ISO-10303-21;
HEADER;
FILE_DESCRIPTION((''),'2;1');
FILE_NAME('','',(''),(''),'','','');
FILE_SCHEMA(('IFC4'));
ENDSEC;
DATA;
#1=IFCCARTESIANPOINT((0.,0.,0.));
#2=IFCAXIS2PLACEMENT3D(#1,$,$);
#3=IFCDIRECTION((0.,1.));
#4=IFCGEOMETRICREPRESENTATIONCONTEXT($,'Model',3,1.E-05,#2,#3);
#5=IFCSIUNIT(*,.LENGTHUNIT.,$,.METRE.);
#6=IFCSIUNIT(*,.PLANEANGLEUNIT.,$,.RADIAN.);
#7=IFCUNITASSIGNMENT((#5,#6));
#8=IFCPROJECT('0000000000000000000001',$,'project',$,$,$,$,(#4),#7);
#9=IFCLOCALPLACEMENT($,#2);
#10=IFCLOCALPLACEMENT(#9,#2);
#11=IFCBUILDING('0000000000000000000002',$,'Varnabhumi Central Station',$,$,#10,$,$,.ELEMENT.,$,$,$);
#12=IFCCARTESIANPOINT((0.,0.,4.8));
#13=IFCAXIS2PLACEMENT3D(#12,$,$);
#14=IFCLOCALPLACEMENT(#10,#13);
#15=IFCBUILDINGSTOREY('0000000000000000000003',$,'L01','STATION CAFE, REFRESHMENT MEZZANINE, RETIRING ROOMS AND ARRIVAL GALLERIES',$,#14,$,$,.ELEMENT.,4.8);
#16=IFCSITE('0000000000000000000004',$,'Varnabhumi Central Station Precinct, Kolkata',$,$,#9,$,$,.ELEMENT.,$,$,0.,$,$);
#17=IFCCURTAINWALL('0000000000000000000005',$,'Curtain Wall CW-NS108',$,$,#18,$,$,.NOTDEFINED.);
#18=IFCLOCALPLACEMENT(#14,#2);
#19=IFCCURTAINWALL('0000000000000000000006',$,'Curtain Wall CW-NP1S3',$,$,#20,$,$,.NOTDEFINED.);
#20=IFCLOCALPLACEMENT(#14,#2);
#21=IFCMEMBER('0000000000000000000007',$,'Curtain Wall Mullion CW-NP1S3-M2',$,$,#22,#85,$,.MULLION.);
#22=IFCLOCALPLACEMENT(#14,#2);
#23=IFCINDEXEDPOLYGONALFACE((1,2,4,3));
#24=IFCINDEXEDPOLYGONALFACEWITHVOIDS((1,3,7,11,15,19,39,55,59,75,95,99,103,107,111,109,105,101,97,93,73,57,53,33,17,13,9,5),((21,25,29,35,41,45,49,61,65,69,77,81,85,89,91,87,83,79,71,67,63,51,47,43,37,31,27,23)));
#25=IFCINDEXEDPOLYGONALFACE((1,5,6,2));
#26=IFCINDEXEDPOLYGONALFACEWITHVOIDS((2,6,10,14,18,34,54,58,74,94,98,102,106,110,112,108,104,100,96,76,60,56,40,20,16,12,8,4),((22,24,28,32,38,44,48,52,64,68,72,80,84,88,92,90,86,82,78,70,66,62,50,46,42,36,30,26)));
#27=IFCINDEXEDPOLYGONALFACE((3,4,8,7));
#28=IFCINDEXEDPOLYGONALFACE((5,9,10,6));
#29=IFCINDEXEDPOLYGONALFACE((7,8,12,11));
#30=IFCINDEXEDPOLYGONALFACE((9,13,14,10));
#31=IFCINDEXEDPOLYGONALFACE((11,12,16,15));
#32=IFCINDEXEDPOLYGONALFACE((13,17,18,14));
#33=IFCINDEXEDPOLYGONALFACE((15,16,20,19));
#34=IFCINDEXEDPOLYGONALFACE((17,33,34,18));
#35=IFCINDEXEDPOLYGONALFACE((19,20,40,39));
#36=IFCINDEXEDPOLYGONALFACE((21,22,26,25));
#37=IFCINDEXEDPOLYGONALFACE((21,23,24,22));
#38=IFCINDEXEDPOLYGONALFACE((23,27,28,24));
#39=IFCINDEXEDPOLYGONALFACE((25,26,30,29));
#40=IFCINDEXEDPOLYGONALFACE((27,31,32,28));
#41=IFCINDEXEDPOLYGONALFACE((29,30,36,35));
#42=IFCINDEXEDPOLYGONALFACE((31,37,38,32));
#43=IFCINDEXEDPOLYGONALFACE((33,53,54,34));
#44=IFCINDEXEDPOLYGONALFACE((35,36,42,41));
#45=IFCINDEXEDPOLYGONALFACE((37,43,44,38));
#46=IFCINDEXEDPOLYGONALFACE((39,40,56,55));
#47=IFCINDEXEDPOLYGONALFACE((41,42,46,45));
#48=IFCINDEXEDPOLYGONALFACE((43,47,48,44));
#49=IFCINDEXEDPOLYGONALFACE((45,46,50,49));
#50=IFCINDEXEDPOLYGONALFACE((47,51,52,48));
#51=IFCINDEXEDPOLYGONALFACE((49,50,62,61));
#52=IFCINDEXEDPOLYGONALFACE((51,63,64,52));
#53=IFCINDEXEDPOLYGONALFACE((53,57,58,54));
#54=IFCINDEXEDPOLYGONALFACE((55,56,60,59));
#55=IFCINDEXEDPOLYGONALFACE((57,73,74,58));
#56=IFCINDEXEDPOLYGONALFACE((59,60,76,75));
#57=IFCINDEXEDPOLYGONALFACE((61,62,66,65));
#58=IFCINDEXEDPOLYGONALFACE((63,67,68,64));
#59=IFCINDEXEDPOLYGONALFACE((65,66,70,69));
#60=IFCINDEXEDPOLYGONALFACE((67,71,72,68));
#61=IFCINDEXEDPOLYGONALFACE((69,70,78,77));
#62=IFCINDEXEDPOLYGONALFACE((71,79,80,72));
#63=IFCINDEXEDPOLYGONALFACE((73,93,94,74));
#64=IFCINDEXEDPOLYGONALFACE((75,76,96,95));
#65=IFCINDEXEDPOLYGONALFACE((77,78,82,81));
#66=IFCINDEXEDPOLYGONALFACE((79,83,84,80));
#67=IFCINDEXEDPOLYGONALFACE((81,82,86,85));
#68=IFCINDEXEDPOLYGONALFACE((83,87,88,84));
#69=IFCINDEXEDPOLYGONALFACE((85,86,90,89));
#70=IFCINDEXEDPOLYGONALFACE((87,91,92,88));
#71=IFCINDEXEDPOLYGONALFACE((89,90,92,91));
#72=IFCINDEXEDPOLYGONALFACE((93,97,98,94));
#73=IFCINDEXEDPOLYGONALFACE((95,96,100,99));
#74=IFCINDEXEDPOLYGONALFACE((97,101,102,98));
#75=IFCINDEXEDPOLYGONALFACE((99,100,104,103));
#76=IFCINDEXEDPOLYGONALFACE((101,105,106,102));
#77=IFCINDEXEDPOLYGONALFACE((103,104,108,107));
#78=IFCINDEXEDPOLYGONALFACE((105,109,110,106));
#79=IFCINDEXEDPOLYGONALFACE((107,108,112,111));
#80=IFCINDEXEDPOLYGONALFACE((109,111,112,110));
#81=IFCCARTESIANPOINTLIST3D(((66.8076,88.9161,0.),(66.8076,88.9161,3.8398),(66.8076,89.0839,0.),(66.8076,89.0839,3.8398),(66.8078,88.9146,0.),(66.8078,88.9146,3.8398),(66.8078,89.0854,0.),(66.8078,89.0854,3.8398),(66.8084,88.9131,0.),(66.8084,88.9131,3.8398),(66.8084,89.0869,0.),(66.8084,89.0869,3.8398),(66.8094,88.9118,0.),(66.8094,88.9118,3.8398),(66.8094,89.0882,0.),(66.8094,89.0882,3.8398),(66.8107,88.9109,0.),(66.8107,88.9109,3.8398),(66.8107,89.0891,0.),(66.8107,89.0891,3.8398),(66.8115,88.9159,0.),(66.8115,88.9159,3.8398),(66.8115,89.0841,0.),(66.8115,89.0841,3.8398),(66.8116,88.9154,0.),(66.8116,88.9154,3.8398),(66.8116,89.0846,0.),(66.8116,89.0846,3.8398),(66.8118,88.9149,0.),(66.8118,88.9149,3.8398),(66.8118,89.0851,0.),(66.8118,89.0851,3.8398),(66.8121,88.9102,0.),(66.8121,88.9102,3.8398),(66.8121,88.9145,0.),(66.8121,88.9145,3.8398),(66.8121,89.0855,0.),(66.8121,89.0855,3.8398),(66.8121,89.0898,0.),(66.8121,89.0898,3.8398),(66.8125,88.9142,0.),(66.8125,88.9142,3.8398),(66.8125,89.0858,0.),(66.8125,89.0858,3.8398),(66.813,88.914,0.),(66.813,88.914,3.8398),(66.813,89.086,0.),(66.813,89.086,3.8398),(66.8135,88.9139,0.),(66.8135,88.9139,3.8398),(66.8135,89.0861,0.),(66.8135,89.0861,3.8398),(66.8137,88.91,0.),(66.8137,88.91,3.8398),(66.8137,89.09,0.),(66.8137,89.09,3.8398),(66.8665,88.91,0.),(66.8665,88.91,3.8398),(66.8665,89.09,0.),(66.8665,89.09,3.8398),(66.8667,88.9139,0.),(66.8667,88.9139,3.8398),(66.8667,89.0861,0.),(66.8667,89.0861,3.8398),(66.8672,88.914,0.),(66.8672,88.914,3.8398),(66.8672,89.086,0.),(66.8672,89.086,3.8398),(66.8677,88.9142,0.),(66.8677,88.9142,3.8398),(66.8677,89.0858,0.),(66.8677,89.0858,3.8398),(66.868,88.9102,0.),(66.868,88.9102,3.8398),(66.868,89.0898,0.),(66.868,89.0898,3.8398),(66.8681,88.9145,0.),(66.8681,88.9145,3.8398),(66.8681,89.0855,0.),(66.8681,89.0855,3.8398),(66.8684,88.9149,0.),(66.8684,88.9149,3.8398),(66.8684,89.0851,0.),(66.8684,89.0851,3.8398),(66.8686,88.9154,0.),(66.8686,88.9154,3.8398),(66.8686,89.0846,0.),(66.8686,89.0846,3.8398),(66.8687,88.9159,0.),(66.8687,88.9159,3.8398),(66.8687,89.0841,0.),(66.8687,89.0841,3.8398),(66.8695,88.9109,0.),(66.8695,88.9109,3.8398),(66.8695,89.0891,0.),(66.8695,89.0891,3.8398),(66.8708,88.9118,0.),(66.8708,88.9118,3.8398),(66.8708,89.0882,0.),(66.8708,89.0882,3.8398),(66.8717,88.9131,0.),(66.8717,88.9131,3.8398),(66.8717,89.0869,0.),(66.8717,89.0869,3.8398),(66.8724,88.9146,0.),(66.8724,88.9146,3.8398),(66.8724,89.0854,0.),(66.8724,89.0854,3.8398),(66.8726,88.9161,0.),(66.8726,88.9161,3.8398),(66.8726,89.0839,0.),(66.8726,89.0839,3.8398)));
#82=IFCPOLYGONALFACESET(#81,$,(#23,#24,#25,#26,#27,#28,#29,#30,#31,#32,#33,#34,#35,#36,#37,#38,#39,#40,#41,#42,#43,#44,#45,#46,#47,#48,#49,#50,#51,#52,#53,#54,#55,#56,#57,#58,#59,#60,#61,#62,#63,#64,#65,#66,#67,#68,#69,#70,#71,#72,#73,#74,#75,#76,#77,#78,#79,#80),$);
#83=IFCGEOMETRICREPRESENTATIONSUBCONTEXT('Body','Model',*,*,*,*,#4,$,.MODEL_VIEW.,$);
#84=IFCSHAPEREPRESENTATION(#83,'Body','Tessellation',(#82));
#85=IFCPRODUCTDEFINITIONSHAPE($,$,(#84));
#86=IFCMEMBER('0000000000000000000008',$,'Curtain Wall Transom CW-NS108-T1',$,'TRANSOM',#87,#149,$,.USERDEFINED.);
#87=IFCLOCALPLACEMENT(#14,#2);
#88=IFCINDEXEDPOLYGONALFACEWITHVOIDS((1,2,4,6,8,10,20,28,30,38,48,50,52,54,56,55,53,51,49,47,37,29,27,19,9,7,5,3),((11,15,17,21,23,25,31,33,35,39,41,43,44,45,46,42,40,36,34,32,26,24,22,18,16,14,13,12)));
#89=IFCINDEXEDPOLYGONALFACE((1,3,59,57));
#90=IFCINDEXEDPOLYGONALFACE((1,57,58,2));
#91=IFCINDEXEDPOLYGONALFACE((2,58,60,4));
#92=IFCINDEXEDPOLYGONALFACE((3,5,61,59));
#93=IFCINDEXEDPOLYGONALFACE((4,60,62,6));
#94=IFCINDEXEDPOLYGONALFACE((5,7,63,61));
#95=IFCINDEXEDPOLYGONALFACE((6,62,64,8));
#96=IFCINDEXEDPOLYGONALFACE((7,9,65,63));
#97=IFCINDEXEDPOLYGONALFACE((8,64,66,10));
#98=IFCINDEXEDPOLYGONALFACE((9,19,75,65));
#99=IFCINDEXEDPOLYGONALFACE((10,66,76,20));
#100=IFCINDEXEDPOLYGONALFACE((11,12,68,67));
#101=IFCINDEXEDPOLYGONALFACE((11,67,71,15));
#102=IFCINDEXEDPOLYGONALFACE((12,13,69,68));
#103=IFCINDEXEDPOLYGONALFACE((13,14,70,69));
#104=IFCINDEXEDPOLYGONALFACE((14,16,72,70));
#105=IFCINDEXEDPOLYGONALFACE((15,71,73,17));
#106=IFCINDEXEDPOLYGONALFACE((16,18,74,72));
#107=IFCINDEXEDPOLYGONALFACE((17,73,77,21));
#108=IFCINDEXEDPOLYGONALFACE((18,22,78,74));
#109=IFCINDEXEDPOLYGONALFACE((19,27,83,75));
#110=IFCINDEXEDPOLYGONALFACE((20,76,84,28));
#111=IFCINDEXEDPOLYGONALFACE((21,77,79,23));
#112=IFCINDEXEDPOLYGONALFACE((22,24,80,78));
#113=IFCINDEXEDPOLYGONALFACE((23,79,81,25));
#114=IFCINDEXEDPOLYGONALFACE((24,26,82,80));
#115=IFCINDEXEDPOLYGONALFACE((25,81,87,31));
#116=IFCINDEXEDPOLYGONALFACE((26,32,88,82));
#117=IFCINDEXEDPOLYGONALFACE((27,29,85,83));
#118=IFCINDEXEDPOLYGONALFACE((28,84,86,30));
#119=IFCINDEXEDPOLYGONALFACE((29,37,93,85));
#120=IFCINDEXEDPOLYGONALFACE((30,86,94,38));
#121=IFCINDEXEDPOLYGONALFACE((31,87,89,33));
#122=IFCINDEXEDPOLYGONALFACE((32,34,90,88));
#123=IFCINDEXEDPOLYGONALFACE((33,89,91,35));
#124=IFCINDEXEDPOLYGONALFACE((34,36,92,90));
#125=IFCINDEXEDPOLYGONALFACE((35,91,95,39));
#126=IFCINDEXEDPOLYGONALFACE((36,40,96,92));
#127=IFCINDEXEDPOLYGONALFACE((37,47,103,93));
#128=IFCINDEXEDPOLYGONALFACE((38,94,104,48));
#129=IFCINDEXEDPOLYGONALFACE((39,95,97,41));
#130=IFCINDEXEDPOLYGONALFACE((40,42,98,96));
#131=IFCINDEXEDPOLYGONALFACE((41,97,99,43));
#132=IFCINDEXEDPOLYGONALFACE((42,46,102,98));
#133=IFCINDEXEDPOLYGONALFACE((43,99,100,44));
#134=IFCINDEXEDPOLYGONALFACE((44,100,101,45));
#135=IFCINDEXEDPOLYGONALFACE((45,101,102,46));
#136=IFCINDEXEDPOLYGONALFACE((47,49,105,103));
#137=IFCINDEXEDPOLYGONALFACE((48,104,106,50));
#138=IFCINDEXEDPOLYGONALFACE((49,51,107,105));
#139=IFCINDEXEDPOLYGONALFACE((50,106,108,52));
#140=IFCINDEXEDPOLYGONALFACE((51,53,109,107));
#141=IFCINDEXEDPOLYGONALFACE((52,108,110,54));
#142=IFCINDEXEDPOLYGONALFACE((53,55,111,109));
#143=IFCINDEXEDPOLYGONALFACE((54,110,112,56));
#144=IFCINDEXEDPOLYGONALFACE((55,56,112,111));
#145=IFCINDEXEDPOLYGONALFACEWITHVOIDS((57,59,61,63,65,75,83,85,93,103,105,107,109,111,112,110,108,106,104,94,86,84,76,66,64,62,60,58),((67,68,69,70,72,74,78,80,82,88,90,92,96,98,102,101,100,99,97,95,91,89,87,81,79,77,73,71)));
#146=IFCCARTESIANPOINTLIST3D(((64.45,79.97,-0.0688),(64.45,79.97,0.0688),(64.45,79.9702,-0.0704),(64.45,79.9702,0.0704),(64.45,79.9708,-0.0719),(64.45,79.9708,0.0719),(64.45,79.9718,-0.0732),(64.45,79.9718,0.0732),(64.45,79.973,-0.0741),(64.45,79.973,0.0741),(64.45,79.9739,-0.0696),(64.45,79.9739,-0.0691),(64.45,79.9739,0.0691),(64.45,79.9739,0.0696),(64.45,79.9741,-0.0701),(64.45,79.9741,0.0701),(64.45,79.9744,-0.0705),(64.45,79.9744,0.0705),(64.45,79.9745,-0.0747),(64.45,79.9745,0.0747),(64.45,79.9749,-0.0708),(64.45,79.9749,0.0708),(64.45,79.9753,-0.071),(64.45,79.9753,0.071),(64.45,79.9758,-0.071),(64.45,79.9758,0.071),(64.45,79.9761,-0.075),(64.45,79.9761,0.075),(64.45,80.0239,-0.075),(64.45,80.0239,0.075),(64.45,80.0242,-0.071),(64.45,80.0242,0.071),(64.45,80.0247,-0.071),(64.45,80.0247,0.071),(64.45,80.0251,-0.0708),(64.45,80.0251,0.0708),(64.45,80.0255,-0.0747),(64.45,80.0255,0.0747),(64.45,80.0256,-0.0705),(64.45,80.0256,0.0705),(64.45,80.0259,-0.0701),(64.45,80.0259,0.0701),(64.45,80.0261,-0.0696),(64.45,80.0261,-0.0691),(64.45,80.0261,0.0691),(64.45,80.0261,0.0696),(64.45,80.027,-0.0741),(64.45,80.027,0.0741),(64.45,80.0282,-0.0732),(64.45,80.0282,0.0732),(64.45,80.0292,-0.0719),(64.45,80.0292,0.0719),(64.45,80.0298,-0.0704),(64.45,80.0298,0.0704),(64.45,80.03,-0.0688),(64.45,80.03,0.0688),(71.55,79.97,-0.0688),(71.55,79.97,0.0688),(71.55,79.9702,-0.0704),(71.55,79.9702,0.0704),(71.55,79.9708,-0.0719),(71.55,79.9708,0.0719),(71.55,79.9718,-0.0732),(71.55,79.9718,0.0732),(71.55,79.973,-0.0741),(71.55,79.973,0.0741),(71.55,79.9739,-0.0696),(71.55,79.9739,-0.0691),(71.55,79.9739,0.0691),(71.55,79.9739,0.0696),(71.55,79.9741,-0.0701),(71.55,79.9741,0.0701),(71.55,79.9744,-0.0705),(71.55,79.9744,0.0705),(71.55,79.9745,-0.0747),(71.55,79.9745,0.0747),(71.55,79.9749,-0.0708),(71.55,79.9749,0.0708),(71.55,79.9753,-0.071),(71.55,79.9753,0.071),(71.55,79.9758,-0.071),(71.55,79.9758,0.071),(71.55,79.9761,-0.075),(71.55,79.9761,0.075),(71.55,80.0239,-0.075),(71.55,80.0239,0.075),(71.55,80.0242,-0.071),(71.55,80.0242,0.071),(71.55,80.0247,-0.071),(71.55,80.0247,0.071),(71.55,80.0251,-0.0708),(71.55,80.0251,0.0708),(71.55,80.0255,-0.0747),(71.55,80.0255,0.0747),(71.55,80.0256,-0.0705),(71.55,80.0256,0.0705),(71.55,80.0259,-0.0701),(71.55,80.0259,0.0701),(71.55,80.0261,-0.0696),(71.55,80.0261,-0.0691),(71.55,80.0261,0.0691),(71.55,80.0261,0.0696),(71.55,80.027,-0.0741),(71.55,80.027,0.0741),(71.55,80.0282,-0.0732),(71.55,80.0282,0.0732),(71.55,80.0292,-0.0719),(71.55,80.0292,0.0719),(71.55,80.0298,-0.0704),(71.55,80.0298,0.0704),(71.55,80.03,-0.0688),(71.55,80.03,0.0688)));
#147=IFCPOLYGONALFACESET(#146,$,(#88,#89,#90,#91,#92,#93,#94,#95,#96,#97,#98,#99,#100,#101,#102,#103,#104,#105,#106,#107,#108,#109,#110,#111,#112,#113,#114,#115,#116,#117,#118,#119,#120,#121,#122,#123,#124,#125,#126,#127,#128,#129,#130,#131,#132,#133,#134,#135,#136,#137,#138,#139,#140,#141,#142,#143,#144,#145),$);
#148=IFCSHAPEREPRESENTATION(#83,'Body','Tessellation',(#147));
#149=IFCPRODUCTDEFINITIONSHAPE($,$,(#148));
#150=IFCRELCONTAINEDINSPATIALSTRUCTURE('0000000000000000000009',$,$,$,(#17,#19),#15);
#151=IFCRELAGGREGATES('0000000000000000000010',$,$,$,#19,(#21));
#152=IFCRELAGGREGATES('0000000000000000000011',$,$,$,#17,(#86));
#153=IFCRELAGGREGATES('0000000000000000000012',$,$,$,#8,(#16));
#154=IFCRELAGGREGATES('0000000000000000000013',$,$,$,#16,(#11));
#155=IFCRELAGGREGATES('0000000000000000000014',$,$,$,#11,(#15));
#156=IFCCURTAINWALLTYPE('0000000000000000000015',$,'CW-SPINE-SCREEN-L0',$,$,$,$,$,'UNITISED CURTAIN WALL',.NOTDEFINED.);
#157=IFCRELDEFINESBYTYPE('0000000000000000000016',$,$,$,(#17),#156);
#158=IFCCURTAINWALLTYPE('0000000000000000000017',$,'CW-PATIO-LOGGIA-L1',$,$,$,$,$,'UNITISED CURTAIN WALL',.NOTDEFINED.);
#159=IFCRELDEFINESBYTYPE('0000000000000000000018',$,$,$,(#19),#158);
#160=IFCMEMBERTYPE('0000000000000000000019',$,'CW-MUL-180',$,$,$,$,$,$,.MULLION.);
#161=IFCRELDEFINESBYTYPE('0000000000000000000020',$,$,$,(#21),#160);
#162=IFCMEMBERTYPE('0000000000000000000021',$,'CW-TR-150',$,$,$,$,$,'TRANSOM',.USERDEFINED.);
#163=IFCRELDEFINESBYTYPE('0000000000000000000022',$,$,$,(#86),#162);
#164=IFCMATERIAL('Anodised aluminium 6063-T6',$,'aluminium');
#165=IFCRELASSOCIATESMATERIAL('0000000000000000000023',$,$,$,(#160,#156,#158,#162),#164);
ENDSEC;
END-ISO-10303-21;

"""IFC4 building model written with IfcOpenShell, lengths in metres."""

from ifc_helpers import new_model, si_unit, direction, frame, origin, origin_2d, place, context, subcontext, project, spatial, hollow_rectangle, extrude, material, material_profile, profile_set, type_object, element, aggregate, save


model = new_model("IFC4")

# Units and contexts
model_context = context("Model", 3, precision=1e-05, world=origin(), true_north=direction((0.0, 1.0)))
body_context = subcontext(model_context, "Body", "Model", "MODEL_VIEW")
ifc_project = project(units=[si_unit("LENGTHUNIT", "METRE"), si_unit("PLANEANGLEUNIT", "RADIAN")], contexts=[model_context])

# Site, building, storey
site_placement = place(None, origin())
site = spatial("IfcSite", under=ifc_project, at=site_placement, Name="Varnabhumi Central Station Precinct, Kolkata", CompositionType="ELEMENT", RefElevation=0.0)
building_placement = place(site_placement, origin())
building = spatial("IfcBuilding", under=site, at=building_placement, Name="Varnabhumi Central Station", CompositionType="ELEMENT")
storey_placement = place(building_placement, frame((0.0, 0.0, 4.8)))
storey = spatial("IfcBuildingStorey", under=building, at=storey_placement, Name="L01", Description="STATION CAFE, REFRESHMENT MEZZANINE, RETIRING ROOMS AND ARRIVAL GALLERIES", CompositionType="ELEMENT", Elevation=4.8)

# Shared definitions
ifc_material_1 = material(Name="Anodised aluminium 6063-T6", Category="aluminium")
ifc_material_profile_1 = material_profile(ifc_material_1, hollow_rectangle(XDim=0.0649, YDim=0.1799, WallThickness=0.0039, InnerFilletRadius=0.002, OuterFilletRadius=0.0061, at=origin_2d()), Name="Anodised aluminium 6063-T6", Category="aluminium")
ifc_profile_set_1 = profile_set([ifc_material_profile_1], Name="Anodised aluminium 6063-T6")
member_type_1 = type_object("IfcMemberType", Name="CW-MUL-180", PredefinedType="MULLION", material=ifc_profile_set_1)

# Curtain wall
curtain_wall_type_1 = type_object("IfcCurtainWallType", Name="CW-SPINE-SCREEN-L0", ElementType="UNITISED CURTAIN WALL", PredefinedType="NOTDEFINED", material=ifc_material_1)
curtain_wall_1_placement = place(storey_placement, origin())
curtain_wall_1 = element("IfcCurtainWall", 1, at=curtain_wall_1_placement, inside=storey, type_object=curtain_wall_type_1, Name="Curtain Wall CW-NS108", PredefinedType="NOTDEFINED")

# Curtain wall, member
curtain_wall_type_2 = type_object("IfcCurtainWallType", Name="CW-PATIO-LOGGIA-L1", ElementType="UNITISED CURTAIN WALL", PredefinedType="NOTDEFINED", material=ifc_material_1)
curtain_wall_2_placement = place(storey_placement, origin())
curtain_wall_2 = element("IfcCurtainWall", 2, at=curtain_wall_2_placement, inside=storey, type_object=curtain_wall_type_2, Name="Curtain Wall CW-NP1S3", PredefinedType="NOTDEFINED")
member_1_placement = place(storey_placement, frame((66.8401, 89.0, 0.0), z_axis=(0.0, 0.0, 1.0), x_axis=(1.0, 0.0, 0.0)))
member_1 = element("IfcMember", 3, at=member_1_placement, type_object=member_type_1, Name="Curtain Wall Mullion CW-NP1S3-M2", PredefinedType="MULLION", context=body_context, shape_type="SweptSolid", body=[
    extrude(hollow_rectangle(XDim=0.0649, YDim=0.1799, WallThickness=0.0039, InnerFilletRadius=0.002, OuterFilletRadius=0.0061, at=origin_2d()), origin(), (0.0, 0.0, 1.0), 3.8398),
])

# Member
ifc_material_profile_2 = material_profile(ifc_material_1, hollow_rectangle(XDim=0.0601, YDim=0.1499, WallThickness=0.0039, InnerFilletRadius=0.002, OuterFilletRadius=0.0061, at=origin_2d()), Name="Anodised aluminium 6063-T6", Category="aluminium")
ifc_profile_set_2 = profile_set([ifc_material_profile_2], Name="Anodised aluminium 6063-T6")
member_type_2 = type_object("IfcMemberType", Name="CW-TR-150", ElementType="TRANSOM", PredefinedType="USERDEFINED", material=ifc_profile_set_2)
member_2_placement = place(storey_placement, frame((64.45, 80.0, 0.0), z_axis=(1.0, 0.0, 0.0), x_axis=(0.0, 1.0, 0.0)))
member_2 = element("IfcMember", 4, at=member_2_placement, type_object=member_type_2, Name="Curtain Wall Transom CW-NS108-T1", ObjectType="TRANSOM", PredefinedType="USERDEFINED", context=body_context, shape_type="SweptSolid", body=[
    extrude(hollow_rectangle(XDim=0.0601, YDim=0.1499, WallThickness=0.0039, InnerFilletRadius=0.002, OuterFilletRadius=0.0061, at=origin_2d()), origin(), (0.0, 0.0, 1.0), 7.1001),
])

aggregate(curtain_wall_2, [member_1])
aggregate(curtain_wall_1, [member_2])

save(model, "model.ifc")
